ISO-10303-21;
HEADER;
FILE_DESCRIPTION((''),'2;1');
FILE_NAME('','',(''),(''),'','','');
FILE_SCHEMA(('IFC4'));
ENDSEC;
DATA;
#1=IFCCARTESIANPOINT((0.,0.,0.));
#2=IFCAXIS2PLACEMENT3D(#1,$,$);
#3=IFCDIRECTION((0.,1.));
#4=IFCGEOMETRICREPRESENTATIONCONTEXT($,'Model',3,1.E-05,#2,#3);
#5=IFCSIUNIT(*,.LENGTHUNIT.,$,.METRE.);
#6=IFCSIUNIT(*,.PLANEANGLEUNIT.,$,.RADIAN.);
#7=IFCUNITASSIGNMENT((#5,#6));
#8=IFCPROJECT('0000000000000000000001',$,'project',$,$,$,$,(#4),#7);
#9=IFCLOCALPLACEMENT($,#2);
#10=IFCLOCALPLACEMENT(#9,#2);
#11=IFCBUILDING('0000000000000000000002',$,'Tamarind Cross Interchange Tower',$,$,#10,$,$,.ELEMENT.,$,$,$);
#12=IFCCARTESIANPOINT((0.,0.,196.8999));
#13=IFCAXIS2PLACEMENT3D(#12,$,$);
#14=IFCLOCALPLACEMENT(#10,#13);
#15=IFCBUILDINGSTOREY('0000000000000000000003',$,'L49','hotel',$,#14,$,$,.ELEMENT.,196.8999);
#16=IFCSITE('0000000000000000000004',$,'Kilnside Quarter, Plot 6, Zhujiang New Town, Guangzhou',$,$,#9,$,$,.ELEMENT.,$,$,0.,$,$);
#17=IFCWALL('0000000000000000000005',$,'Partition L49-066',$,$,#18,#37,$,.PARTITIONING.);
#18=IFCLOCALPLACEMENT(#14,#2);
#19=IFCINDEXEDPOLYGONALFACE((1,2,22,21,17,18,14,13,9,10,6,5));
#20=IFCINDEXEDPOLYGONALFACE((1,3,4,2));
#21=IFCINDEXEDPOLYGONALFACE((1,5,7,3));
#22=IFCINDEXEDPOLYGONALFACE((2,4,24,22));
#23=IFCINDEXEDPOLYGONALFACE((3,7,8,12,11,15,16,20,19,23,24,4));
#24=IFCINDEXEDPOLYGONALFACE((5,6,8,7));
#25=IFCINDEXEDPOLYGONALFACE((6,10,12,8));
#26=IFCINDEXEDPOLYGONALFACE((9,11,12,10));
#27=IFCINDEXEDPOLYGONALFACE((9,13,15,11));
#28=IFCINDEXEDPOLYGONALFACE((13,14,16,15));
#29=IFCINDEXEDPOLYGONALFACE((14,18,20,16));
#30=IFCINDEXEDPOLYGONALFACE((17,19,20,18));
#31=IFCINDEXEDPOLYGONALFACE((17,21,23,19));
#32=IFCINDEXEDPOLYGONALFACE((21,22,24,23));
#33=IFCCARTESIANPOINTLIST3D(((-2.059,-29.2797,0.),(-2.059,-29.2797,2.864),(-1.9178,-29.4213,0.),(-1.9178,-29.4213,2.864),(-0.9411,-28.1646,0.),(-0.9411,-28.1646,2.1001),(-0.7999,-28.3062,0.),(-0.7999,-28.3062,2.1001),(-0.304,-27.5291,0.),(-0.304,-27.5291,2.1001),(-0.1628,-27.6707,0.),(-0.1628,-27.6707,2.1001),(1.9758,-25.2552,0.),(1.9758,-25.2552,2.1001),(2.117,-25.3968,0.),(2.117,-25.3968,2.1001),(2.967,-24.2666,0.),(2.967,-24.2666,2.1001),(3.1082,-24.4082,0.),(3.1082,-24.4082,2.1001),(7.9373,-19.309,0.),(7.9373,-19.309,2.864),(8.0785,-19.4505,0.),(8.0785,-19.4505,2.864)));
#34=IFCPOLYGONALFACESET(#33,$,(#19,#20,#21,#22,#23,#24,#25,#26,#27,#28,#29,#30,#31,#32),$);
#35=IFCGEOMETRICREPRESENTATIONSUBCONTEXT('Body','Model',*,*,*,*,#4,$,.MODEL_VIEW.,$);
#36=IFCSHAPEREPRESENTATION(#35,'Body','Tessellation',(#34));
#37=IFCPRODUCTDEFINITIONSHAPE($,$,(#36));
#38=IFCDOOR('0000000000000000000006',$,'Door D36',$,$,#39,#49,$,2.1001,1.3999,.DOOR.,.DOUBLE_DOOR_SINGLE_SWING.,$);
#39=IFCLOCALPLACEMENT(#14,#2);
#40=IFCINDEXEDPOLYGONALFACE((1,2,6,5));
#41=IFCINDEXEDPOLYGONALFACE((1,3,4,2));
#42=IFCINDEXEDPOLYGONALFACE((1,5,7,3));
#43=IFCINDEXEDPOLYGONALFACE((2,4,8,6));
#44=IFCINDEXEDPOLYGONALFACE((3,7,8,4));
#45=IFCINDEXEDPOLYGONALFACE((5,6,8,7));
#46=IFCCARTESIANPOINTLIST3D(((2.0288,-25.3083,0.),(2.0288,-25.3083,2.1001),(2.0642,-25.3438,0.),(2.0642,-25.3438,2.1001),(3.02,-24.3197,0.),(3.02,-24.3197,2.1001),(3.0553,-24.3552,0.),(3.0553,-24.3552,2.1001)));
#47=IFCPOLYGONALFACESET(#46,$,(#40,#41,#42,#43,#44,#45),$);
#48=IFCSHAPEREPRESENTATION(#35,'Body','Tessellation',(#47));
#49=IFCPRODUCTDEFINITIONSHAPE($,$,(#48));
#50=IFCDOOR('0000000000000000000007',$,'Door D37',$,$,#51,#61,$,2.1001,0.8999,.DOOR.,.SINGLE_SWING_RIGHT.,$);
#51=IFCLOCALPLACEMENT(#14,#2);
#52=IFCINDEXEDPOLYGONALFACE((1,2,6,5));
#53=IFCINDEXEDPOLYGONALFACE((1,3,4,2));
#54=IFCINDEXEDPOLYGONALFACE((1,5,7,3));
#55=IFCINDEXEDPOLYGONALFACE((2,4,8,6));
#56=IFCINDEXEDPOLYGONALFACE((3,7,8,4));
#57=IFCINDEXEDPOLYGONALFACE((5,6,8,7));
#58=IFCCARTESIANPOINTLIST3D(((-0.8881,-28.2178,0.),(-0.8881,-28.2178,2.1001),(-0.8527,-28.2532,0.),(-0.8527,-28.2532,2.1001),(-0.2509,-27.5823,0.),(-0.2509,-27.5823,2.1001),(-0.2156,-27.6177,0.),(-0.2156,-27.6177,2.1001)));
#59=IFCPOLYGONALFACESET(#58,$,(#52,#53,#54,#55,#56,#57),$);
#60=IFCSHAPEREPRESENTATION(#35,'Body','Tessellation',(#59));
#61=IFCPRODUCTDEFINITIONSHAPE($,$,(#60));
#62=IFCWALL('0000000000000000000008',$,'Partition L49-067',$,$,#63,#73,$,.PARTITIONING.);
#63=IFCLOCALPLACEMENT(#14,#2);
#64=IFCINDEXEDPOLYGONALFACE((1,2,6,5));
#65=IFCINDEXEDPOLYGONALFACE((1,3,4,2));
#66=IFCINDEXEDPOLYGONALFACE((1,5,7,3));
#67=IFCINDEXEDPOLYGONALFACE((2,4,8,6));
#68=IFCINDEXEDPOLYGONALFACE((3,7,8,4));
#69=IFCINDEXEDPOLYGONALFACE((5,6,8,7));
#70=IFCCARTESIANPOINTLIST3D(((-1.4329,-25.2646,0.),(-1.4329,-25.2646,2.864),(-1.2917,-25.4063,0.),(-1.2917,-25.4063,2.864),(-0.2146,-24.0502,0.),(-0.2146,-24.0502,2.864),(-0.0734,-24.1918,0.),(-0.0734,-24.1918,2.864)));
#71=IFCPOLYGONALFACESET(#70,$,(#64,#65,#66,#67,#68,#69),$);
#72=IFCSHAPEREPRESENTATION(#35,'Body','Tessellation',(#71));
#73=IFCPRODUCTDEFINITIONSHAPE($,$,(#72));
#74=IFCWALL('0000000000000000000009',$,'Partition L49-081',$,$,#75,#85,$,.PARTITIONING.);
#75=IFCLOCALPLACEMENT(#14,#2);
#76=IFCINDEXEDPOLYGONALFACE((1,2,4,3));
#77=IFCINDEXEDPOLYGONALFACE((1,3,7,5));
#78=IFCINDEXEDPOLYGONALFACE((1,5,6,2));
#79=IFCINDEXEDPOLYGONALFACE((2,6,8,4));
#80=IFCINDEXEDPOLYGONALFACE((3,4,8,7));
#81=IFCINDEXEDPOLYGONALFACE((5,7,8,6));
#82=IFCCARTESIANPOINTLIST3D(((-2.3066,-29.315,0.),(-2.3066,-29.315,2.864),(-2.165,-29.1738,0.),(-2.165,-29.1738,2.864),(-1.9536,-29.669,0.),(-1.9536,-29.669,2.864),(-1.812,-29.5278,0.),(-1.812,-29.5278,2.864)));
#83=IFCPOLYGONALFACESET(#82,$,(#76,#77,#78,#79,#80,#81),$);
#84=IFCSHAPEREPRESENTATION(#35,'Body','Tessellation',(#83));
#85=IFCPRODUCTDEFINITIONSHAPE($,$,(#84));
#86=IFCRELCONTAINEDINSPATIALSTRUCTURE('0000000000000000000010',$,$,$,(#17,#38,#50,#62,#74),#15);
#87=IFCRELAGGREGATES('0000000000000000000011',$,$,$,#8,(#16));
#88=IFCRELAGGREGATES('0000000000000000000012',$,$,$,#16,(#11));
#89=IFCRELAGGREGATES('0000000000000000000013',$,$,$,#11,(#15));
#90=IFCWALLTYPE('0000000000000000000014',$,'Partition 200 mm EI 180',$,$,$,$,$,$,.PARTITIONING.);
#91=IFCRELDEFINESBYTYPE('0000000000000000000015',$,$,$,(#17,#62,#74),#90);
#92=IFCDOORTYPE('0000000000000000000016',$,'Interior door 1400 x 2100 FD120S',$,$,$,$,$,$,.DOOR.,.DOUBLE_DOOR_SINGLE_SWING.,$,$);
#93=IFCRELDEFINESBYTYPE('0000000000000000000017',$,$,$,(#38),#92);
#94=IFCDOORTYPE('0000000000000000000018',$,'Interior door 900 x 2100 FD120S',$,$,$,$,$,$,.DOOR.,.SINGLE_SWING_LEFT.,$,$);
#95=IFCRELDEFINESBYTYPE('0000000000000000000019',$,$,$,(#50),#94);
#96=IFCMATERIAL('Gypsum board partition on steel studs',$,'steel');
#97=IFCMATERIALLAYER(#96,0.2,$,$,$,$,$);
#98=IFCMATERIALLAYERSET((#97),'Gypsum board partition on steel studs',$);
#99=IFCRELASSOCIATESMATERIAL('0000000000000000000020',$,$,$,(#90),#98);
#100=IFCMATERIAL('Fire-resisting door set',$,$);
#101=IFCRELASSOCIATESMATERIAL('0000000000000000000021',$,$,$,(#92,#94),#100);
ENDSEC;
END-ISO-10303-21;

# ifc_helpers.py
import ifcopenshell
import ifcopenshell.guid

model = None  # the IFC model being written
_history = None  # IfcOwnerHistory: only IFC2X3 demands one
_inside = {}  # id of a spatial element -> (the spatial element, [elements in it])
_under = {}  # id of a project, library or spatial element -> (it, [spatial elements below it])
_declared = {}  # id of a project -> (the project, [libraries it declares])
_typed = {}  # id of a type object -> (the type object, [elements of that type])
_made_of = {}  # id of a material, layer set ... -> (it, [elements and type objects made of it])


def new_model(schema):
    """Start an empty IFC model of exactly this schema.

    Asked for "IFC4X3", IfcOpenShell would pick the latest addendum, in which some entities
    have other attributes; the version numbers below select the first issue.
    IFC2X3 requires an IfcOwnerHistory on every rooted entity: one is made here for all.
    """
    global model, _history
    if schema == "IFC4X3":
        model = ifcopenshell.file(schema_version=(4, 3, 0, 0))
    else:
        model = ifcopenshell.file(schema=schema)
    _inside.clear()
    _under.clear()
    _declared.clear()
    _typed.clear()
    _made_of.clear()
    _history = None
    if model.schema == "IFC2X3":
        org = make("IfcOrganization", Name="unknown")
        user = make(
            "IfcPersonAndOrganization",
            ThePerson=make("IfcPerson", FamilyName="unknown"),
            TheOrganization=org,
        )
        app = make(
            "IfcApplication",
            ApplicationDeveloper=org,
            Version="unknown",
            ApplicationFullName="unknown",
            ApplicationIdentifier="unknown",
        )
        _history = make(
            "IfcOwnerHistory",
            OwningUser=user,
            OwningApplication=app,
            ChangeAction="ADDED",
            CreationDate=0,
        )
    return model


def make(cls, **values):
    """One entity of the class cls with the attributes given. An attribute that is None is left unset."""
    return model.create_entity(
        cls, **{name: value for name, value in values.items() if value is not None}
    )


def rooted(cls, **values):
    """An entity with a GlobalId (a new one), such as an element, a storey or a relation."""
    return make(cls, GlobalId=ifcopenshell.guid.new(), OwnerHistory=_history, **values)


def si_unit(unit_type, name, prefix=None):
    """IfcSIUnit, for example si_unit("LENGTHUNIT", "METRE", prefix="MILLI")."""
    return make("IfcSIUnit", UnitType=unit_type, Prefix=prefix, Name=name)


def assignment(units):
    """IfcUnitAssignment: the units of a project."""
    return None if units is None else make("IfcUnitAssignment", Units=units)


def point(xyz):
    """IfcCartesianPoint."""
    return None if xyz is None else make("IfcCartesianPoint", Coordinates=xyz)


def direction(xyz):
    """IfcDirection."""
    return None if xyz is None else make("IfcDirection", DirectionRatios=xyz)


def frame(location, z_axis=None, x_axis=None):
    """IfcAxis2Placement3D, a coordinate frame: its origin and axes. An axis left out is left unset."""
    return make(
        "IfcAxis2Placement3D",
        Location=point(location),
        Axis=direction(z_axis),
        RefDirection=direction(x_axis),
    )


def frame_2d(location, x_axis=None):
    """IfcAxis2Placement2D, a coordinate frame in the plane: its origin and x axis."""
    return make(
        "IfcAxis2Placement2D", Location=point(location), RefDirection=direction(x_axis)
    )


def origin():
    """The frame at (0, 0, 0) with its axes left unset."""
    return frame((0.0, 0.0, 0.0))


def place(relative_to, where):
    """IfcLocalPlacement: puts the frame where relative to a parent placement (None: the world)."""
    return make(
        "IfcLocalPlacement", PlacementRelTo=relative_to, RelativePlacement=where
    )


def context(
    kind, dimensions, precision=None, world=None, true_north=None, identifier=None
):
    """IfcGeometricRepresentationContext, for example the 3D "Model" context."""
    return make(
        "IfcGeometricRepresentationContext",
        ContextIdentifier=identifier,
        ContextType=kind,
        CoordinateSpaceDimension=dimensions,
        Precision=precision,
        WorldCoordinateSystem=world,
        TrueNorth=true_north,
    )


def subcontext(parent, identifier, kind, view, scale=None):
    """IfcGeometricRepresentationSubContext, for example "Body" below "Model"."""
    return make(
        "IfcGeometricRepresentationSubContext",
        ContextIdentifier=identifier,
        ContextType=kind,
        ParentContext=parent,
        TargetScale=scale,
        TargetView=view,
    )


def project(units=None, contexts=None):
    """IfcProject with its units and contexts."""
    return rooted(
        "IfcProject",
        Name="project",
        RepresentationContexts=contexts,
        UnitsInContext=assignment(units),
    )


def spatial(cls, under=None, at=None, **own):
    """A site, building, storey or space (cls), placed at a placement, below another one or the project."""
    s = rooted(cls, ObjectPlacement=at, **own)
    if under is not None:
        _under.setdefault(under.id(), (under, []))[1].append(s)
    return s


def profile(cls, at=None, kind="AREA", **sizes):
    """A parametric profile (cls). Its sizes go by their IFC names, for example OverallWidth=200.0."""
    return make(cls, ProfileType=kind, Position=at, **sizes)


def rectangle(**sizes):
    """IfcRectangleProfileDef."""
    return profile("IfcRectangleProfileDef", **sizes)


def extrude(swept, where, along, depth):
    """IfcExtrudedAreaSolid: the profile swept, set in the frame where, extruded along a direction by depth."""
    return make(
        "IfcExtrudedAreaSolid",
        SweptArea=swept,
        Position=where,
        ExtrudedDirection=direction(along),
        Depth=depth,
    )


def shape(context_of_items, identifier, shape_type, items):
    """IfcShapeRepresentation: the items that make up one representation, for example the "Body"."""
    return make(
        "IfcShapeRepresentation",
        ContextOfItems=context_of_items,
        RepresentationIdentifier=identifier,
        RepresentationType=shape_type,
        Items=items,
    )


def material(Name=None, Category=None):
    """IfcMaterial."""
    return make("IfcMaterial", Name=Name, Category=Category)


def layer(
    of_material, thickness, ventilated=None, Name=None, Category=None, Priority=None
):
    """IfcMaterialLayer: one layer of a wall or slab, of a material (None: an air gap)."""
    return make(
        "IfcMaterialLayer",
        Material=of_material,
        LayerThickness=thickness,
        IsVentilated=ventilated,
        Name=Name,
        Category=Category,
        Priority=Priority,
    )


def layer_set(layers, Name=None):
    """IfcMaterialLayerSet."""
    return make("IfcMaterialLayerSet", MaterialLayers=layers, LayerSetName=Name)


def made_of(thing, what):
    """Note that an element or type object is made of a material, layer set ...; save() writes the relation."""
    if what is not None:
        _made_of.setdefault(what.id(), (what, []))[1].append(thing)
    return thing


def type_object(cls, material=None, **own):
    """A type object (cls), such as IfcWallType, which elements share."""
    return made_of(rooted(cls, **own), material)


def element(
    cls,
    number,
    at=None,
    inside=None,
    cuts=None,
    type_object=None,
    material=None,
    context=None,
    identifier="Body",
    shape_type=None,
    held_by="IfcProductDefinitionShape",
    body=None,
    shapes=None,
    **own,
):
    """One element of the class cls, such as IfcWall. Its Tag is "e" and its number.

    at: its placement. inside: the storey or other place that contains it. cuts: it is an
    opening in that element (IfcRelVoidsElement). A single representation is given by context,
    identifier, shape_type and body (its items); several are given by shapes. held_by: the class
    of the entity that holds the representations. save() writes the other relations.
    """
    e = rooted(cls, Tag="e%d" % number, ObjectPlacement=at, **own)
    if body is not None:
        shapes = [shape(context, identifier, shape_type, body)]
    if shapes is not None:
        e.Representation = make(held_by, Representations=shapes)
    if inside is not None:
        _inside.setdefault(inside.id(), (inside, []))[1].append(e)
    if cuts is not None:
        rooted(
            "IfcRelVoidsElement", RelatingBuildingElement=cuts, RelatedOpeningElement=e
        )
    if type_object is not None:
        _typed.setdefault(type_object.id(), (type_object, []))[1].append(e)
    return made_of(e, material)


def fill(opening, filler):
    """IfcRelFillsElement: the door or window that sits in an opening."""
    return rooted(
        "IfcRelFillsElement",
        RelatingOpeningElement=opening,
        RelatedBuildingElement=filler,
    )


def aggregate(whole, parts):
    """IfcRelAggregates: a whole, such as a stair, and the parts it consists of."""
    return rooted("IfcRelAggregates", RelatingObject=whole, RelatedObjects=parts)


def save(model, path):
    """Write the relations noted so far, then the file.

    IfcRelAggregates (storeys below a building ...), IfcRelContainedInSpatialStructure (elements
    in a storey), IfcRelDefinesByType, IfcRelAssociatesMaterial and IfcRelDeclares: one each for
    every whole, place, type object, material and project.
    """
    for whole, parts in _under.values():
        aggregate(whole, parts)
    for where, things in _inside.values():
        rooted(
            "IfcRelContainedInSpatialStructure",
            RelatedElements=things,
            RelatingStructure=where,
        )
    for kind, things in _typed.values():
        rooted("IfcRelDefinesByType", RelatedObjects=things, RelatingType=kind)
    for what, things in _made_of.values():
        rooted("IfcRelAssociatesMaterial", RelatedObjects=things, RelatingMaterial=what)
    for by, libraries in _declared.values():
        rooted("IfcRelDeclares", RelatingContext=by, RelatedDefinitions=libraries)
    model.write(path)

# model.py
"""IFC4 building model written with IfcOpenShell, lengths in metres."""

from ifc_helpers import new_model, si_unit, direction, frame, frame_2d, origin, place, context, subcontext, project, spatial, rectangle, extrude, material, layer, layer_set, type_object, element, fill, save


model = new_model("IFC4")

# Units and contexts
model_context = context("Model", 3, precision=1e-05, world=origin(), true_north=direction((0.0, 1.0)))
body_context = subcontext(model_context, "Body", "Model", "MODEL_VIEW")
ifc_project = project(units=[si_unit("LENGTHUNIT", "METRE"), si_unit("PLANEANGLEUNIT", "RADIAN")], contexts=[model_context])

# Site, building, storey
site_placement = place(None, origin())
site = spatial("IfcSite", under=ifc_project, at=site_placement, Name="Kilnside Quarter, Plot 6, Zhujiang New Town, Guangzhou", CompositionType="ELEMENT", RefElevation=0.0)
building_placement = place(site_placement, origin())
building = spatial("IfcBuilding", under=site, at=building_placement, Name="Tamarind Cross Interchange Tower", CompositionType="ELEMENT")
storey_placement = place(building_placement, frame((0.0, 0.0, 196.8999)))
storey = spatial("IfcBuildingStorey", under=building, at=storey_placement, Name="L49", Description="hotel", CompositionType="ELEMENT", Elevation=196.8999)

# Shared definitions
ifc_material_1 = material(Name="Gypsum board partition on steel studs", Category="steel")
ifc_material_2 = material(Name="Fire-resisting door set")

# Wall, openings, doors
ifc_layer_1 = layer(ifc_material_1, 0.2)
ifc_layer_set_1 = layer_set([ifc_layer_1], Name="Gypsum board partition on steel studs")
wall_type_1 = type_object("IfcWallType", Name="Partition 200 mm EI 180", PredefinedType="PARTITIONING", material=ifc_layer_set_1)
wall_1_placement = place(storey_placement, frame((-1.9885, -29.3506, 0.0), z_axis=(0.0, 0.0, 1.0), x_axis=(0.708014, 0.706198, 0.0)))
wall_1 = element("IfcWall", 1, at=wall_1_placement, inside=storey, type_object=wall_type_1, Name="Partition L49-066", PredefinedType="PARTITIONING", context=body_context, shape_type="SweptSolid", body=[
    extrude(rectangle(XDim=14.1189, YDim=0.2, at=frame_2d((7.0596, 0.0))), origin(), (0.0, 0.0, 1.0), 2.864),
])
opening_1_placement = place(wall_1_placement, frame((5.699, 0.0, 0.0)))
opening_1 = element("IfcOpeningElement", 2, at=opening_1_placement, cuts=wall_1, PredefinedType="OPENING", context=body_context, shape_type="SweptSolid", body=[
    extrude(rectangle(XDim=1.3999, YDim=2.1001, at=frame_2d((0.7, 1.05))), frame((0.0, 0.1099, 0.0), z_axis=(0.0, -1.0, 0.0), x_axis=(1.0, 0.0, 0.0)), (0.0, 0.0, 1.0), 0.22),
])
opening_2_placement = place(wall_1_placement, frame((1.5791, 0.0, 0.0)))
opening_2 = element("IfcOpeningElement", 3, at=opening_2_placement, cuts=wall_1, PredefinedType="OPENING", context=body_context, shape_type="SweptSolid", body=[
    extrude(rectangle(XDim=0.8999, YDim=2.1001, at=frame_2d((0.45, 1.05))), frame((0.0, 0.1099, 0.0), z_axis=(0.0, -1.0, 0.0), x_axis=(1.0, 0.0, 0.0)), (0.0, 0.0, 1.0), 0.22),
])
door_type_1 = type_object("IfcDoorType", Name="Interior door 1400 x 2100 FD120S", OperationType="DOUBLE_DOOR_SINGLE_SWING", PredefinedType="DOOR", material=ifc_material_2)
door_1_placement = place(opening_1_placement, origin())
door_1 = element("IfcDoor", 4, at=door_1_placement, inside=storey, type_object=door_type_1, Name="Door D36", OperationType="DOUBLE_DOOR_SINGLE_SWING", OverallHeight=2.1001, OverallWidth=1.3999, PredefinedType="DOOR", context=body_context, shape_type="SweptSolid", body=[
    extrude(rectangle(XDim=1.3999, YDim=2.1001, at=frame_2d((0.7, 1.05))), frame((0.0, 0.0249, 0.0), z_axis=(0.0, -1.0, 0.0), x_axis=(1.0, 0.0, 0.0)), (0.0, 0.0, 1.0), 0.05),
])
fill(opening_1, door_1)
door_type_2 = type_object("IfcDoorType", Name="Interior door 900 x 2100 FD120S", OperationType="SINGLE_SWING_LEFT", PredefinedType="DOOR", material=ifc_material_2)
door_2_placement = place(opening_2_placement, origin())
door_2 = element("IfcDoor", 5, at=door_2_placement, inside=storey, type_object=door_type_2, Name="Door D37", OperationType="SINGLE_SWING_RIGHT", OverallHeight=2.1001, OverallWidth=0.8999, PredefinedType="DOOR", context=body_context, shape_type="SweptSolid", body=[
    extrude(rectangle(XDim=0.8999, YDim=2.1001, at=frame_2d((0.45, 1.05))), frame((0.0, 0.0249, 0.0), z_axis=(0.0, -1.0, 0.0), x_axis=(1.0, 0.0, 0.0)), (0.0, 0.0, 1.0), 0.05),
])
fill(opening_2, door_2)

# Walls
wall_2_placement = place(storey_placement, frame((-1.3623, -25.3354, 0.0), z_axis=(0.0, 0.0, 1.0), x_axis=(0.708241, 0.70597, 0.0)))
element("IfcWall", 6, at=wall_2_placement, inside=storey, type_object=wall_type_1, Name="Partition L49-067", PredefinedType="PARTITIONING", context=body_context, shape_type="SweptSolid", body=[
    extrude(rectangle(XDim=1.7202, YDim=0.2, at=frame_2d((0.8601, 0.0))), origin(), (0.0, 0.0, 1.0), 2.864),
])
wall_3_placement = place(storey_placement, frame((-2.2358, -29.2444, 0.0), z_axis=(0.0, 0.0, 1.0), x_axis=(0.706129, -0.708083, 0.0)))
element("IfcWall", 7, at=wall_3_placement, inside=storey, type_object=wall_type_1, Name="Partition L49-081", PredefinedType="PARTITIONING", context=body_context, shape_type="SweptSolid", body=[
    extrude(rectangle(XDim=0.5, YDim=0.2, at=frame_2d((0.25, 0.0))), origin(), (0.0, 0.0, 1.0), 2.864),
])

save(model, "model.ifc")
